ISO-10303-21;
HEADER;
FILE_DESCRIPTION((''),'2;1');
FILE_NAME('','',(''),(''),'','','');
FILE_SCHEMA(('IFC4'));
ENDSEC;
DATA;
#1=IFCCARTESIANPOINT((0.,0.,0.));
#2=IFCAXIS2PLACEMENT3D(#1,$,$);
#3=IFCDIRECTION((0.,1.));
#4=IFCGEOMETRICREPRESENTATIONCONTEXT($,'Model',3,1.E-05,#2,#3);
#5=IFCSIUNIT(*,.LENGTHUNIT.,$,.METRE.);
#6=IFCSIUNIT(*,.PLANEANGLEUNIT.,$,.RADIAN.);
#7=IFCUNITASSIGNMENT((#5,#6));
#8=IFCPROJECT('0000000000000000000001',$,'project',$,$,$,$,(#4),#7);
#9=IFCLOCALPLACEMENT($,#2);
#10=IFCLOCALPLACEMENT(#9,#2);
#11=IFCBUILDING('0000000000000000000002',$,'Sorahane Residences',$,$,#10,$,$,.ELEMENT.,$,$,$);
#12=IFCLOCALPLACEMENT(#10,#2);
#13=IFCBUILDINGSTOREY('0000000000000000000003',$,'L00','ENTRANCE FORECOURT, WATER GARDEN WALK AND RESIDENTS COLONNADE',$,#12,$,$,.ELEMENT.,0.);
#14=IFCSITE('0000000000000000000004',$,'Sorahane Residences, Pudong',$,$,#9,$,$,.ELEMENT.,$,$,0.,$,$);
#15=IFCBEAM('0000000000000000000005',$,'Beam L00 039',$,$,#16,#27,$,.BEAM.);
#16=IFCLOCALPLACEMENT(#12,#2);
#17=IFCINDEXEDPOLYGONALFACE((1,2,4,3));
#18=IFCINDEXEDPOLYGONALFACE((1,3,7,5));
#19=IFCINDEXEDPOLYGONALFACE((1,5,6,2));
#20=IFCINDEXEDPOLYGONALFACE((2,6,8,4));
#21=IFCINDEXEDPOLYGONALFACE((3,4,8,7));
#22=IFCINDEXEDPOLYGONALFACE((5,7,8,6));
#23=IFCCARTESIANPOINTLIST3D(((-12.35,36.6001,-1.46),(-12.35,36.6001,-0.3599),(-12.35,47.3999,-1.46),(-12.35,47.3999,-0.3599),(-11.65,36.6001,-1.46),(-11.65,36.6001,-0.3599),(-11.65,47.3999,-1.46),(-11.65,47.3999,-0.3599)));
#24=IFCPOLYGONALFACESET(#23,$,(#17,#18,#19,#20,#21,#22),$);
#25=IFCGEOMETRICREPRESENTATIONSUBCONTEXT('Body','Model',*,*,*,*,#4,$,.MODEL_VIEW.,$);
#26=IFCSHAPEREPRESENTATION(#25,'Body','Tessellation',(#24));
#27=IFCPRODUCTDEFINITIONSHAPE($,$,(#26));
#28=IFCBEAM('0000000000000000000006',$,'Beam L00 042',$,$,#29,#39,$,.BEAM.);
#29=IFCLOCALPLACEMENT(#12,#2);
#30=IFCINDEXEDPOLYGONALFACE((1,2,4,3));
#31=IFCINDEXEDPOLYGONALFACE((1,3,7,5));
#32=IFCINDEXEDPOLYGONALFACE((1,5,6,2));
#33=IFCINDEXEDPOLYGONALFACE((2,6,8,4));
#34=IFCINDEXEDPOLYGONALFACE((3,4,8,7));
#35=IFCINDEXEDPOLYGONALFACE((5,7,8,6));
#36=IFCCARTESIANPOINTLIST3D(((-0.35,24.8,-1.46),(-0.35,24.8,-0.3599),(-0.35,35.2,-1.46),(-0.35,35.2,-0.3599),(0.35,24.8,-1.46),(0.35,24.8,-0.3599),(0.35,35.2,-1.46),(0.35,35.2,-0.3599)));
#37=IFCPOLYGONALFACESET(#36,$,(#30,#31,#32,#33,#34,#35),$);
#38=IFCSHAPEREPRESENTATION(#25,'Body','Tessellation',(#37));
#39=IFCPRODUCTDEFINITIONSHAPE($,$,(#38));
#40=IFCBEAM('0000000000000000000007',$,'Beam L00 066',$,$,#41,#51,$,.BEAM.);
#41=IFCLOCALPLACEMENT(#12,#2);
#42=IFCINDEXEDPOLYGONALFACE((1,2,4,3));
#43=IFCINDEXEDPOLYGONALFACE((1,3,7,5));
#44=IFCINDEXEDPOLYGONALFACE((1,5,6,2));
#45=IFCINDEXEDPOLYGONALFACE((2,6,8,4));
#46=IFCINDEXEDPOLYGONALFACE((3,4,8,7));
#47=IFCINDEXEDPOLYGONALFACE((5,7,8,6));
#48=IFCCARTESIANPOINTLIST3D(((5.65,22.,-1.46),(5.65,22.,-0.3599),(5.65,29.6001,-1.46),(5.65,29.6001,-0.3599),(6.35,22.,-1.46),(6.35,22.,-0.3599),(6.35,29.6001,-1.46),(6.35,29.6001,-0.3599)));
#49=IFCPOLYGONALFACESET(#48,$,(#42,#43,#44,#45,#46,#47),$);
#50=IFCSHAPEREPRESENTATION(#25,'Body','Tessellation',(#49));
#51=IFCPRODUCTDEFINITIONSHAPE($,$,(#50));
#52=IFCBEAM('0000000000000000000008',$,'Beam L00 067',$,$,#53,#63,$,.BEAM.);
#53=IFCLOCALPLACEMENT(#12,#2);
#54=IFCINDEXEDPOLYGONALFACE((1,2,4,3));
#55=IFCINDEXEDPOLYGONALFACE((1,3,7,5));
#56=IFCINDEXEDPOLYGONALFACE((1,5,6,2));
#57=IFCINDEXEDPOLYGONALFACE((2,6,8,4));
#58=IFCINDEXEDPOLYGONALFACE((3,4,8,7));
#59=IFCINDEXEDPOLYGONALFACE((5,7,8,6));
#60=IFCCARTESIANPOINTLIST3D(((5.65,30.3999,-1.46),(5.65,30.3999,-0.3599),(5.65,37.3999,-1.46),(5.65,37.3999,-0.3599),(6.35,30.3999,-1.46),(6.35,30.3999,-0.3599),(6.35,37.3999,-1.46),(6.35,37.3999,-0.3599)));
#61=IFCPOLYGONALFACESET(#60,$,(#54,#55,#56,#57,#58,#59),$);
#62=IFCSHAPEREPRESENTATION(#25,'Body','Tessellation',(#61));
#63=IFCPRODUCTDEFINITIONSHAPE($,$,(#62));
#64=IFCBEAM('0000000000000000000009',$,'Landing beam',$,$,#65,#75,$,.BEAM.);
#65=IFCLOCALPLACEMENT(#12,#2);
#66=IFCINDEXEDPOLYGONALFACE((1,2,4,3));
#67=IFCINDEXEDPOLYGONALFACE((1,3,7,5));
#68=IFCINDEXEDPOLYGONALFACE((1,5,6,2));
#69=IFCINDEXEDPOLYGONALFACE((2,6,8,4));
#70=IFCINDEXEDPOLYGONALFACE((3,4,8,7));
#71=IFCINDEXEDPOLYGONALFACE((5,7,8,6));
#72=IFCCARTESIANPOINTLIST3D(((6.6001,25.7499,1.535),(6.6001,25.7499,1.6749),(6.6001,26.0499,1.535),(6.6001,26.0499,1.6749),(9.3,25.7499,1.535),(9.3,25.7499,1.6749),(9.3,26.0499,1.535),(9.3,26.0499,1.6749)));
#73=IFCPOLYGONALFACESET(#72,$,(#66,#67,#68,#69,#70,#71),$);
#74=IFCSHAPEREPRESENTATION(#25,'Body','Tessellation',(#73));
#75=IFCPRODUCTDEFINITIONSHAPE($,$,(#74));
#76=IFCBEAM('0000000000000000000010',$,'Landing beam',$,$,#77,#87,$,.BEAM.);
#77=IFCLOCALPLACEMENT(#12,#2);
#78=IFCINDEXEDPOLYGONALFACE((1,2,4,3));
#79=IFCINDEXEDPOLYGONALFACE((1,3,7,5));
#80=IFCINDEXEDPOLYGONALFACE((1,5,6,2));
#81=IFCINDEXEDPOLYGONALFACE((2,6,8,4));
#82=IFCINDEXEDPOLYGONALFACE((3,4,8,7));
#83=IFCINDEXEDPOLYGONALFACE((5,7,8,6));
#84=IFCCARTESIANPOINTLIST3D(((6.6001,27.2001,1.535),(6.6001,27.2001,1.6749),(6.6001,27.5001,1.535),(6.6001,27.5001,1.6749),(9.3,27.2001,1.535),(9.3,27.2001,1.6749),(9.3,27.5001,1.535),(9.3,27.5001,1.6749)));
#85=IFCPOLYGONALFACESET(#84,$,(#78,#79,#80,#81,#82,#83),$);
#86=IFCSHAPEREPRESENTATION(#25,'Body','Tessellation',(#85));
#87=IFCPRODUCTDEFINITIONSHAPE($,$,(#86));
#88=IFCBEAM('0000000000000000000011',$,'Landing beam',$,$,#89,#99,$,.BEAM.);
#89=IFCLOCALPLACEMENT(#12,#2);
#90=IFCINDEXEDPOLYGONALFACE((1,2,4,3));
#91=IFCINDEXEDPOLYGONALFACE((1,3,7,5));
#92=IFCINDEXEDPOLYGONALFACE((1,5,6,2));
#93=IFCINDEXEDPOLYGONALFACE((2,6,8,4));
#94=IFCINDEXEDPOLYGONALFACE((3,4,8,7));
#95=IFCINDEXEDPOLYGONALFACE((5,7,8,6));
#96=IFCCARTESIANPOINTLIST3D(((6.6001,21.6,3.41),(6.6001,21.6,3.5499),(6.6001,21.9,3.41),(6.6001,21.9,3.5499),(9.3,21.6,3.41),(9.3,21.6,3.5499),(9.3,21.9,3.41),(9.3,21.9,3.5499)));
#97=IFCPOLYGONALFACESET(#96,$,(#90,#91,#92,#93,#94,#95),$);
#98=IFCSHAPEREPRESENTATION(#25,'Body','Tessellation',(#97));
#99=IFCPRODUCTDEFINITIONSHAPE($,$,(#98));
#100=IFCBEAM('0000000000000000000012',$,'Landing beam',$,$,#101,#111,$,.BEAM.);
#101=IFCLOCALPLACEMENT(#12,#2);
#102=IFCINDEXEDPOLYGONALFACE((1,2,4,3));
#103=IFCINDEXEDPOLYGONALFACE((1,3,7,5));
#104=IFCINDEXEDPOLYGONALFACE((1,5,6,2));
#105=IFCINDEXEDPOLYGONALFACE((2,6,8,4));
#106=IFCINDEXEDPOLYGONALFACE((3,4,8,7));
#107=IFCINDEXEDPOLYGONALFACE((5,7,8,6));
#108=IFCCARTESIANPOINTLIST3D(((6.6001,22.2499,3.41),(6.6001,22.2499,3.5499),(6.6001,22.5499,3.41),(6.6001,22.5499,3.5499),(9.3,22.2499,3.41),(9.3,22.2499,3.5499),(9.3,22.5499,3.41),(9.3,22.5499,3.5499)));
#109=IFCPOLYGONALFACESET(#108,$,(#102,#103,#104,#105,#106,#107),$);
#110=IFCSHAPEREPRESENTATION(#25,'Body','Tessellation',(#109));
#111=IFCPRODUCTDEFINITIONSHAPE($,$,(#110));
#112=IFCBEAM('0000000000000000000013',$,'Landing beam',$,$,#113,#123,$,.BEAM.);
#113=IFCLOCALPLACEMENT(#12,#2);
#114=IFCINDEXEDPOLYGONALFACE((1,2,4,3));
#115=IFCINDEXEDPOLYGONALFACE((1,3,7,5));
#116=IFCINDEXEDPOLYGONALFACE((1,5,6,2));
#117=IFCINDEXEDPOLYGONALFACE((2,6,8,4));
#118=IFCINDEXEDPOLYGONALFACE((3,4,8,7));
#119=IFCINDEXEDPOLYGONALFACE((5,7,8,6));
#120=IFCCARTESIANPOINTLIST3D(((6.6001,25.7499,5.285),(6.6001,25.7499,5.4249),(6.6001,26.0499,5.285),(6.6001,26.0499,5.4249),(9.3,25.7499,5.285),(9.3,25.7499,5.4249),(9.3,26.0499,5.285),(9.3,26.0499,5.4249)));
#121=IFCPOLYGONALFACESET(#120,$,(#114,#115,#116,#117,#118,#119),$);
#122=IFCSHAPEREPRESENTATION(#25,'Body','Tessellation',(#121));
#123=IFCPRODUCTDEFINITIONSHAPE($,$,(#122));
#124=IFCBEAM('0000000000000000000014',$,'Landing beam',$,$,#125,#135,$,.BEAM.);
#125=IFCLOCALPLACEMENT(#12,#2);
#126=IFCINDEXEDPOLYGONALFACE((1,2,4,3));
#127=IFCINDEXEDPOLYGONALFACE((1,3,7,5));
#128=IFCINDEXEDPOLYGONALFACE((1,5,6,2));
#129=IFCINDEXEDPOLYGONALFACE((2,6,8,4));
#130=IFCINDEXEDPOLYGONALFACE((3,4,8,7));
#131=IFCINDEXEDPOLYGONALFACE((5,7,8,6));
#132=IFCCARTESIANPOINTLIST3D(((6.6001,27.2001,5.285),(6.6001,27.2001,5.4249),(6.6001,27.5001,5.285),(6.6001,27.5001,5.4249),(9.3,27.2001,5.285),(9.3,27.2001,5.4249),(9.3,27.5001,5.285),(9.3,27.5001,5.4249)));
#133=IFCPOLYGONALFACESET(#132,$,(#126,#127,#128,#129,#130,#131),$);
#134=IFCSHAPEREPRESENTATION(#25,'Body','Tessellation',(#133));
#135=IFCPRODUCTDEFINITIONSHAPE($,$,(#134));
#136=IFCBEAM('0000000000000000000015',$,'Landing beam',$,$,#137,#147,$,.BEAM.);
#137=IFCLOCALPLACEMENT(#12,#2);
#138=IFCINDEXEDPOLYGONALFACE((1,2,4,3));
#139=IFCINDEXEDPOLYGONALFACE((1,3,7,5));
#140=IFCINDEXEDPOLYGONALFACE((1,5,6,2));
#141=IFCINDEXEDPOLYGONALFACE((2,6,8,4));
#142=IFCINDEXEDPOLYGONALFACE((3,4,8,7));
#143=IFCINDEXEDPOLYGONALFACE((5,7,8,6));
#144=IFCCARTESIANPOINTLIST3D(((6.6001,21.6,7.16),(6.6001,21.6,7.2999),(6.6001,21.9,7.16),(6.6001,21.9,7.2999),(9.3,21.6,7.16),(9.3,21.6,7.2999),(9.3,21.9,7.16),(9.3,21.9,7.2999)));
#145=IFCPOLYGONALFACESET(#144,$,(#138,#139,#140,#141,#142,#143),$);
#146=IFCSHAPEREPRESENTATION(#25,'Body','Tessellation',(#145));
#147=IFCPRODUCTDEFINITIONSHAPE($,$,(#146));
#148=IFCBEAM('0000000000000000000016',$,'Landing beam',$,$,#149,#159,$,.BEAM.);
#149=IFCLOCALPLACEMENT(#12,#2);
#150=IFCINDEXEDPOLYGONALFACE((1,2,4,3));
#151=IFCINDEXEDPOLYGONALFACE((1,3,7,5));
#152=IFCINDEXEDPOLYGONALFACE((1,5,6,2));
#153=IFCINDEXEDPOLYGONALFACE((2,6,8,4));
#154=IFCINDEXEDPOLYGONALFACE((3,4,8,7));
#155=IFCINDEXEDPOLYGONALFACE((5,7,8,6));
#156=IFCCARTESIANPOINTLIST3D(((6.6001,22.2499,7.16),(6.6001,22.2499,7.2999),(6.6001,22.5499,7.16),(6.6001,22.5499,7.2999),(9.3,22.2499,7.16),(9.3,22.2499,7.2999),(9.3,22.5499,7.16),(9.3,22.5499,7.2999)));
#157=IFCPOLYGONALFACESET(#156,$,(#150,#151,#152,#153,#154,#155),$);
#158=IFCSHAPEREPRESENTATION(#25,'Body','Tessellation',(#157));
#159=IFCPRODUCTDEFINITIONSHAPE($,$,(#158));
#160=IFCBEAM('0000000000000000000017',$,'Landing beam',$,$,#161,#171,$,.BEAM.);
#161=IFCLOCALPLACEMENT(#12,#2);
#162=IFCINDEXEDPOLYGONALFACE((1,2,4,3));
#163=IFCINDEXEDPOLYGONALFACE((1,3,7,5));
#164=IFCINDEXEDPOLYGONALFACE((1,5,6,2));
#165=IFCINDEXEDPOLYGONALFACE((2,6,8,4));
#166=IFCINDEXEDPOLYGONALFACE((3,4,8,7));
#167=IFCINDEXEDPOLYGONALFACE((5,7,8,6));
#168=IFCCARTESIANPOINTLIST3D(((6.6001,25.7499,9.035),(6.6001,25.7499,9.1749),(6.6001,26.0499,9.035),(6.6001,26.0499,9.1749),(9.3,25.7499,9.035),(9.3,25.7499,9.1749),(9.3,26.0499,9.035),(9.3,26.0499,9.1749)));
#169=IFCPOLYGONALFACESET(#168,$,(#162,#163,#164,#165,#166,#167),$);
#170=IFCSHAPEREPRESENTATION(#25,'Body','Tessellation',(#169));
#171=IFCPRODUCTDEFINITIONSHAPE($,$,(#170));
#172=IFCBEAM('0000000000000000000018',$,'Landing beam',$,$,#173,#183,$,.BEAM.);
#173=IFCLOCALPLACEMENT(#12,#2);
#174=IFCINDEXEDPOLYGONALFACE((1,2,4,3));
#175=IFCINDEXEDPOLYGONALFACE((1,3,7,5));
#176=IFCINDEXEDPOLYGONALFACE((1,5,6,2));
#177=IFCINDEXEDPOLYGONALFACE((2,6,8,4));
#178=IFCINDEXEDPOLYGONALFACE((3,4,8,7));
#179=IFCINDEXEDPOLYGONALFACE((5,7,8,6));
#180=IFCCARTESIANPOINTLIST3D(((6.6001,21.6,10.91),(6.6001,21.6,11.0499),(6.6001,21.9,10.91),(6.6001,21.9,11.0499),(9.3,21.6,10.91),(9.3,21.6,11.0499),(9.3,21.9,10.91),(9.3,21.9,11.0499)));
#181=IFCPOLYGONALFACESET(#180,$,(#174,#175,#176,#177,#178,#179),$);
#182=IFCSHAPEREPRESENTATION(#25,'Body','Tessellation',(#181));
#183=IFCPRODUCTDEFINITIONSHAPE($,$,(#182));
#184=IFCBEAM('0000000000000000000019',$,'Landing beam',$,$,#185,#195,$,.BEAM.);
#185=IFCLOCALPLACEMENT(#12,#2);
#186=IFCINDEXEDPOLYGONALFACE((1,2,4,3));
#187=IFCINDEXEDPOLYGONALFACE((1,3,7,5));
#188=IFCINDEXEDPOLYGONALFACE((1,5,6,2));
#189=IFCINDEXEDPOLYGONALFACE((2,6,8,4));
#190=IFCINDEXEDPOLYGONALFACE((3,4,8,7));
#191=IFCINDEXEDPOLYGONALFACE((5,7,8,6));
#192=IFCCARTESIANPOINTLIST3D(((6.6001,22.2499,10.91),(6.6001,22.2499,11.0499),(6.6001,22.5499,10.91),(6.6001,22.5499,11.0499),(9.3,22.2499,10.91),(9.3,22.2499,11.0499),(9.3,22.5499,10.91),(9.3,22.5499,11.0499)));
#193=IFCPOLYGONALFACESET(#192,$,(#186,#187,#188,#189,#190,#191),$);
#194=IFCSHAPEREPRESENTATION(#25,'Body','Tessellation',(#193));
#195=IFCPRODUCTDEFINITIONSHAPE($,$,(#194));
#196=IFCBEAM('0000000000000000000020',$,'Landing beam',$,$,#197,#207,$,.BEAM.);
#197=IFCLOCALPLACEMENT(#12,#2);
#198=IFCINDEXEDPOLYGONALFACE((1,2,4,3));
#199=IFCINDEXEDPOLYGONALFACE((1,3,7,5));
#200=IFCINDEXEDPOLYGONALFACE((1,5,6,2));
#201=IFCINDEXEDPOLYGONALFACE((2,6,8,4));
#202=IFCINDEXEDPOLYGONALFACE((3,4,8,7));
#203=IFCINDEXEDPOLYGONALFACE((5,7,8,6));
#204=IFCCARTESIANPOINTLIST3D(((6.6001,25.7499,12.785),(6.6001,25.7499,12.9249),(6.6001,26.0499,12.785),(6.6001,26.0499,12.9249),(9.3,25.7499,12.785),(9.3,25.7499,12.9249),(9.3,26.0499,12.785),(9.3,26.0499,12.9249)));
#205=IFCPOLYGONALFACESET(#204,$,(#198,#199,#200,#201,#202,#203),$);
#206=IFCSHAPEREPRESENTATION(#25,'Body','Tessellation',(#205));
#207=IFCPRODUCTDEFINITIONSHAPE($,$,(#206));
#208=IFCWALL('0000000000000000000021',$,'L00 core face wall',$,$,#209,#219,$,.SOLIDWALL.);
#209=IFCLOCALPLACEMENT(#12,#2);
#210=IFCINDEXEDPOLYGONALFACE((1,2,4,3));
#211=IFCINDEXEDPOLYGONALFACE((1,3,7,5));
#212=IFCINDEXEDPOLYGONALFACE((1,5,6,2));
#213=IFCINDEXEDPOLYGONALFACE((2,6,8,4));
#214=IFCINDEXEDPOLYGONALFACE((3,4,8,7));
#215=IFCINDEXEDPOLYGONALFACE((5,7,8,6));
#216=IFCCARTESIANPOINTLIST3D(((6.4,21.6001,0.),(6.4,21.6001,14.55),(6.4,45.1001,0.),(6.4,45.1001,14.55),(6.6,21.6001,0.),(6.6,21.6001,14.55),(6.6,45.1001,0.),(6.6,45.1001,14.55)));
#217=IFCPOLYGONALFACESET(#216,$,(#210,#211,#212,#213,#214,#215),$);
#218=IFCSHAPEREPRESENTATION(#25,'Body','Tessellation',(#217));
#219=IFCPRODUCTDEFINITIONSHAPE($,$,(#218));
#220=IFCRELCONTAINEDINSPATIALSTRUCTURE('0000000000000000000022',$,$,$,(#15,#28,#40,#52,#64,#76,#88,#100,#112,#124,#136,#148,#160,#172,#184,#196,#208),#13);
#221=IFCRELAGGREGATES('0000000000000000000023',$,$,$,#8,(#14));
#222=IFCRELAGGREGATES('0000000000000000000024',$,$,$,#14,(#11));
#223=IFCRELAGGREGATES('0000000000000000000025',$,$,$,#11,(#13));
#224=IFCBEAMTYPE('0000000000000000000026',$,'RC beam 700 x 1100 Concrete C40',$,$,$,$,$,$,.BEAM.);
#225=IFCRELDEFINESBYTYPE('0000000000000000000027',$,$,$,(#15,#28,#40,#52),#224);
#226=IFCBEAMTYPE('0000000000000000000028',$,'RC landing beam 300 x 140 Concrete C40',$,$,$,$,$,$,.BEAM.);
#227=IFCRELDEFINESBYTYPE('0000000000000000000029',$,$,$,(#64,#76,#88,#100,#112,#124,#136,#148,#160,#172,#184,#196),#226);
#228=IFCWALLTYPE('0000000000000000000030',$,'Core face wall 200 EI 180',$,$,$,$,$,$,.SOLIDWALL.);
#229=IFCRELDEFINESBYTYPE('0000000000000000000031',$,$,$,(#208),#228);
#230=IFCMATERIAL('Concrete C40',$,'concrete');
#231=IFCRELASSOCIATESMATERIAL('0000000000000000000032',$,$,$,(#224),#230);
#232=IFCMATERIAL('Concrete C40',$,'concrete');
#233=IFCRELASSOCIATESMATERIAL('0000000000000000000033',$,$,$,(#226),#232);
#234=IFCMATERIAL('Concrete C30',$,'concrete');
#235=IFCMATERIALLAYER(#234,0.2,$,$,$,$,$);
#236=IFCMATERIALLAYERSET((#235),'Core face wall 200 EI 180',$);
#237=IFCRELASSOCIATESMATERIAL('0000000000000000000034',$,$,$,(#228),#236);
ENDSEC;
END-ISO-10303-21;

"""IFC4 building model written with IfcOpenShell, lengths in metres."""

from ifc_helpers import new_model, si_unit, direction, frame, frame_2d, origin, origin_2d, place, context, subcontext, project, spatial, rectangle, extrude, material, layer, layer_set, material_profile, profile_set, type_object, element, save


model = new_model("IFC4")

# Units and contexts
model_context = context("Model", 3, precision=1e-05, world=origin(), true_north=direction((0.0, 1.0)))
body_context = subcontext(model_context, "Body", "Model", "MODEL_VIEW")
ifc_project = project(units=[si_unit("LENGTHUNIT", "METRE"), si_unit("PLANEANGLEUNIT", "RADIAN")], contexts=[model_context])

# Site, building, storey
site_placement = place(None, origin())
site = spatial("IfcSite", under=ifc_project, at=site_placement, Name="Sorahane Residences, Pudong", CompositionType="ELEMENT", RefElevation=0.0)
building_placement = place(site_placement, origin())
building = spatial("IfcBuilding", under=site, at=building_placement, Name="Sorahane Residences", CompositionType="ELEMENT")
storey_placement = place(building_placement, origin())
storey = spatial("IfcBuildingStorey", under=building, at=storey_placement, Name="L00", Description="ENTRANCE FORECOURT, WATER GARDEN WALK AND RESIDENTS COLONNADE", CompositionType="ELEMENT", Elevation=0.0)

# Beams
ifc_material_1 = material(Name="Concrete C40", Category="concrete")
ifc_material_profile_1 = material_profile(ifc_material_1, rectangle(XDim=0.7, YDim=1.1001, at=origin_2d()), Name="700x1100")
ifc_profile_set_1 = profile_set([ifc_material_profile_1], Name="Concrete C40")
beam_type_1 = type_object("IfcBeamType", Name="RC beam 700 x 1100 Concrete C40", PredefinedType="BEAM", material=ifc_profile_set_1)
for number, where, z_axis, x_axis, name in (
    (1, (-12.0, 36.6001, -0.9099), (0.0, 1.0, 0.0), (-1.0, 0.0, 0.0), "Beam L00 039"),
):
    element("IfcBeam", number, at=place(storey_placement, frame(where, z_axis=z_axis, x_axis=x_axis)), inside=storey, type_object=beam_type_1, Name=name, PredefinedType="BEAM", context=body_context, shape_type="SweptSolid", body=[
        extrude(rectangle(XDim=0.7, YDim=1.1001, at=origin_2d()), origin(), (0.0, 0.0, 1.0), 10.7998),
    ])
beam_1_placement = place(storey_placement, frame((0.0, 24.8, -0.9099), z_axis=(0.0, 1.0, 0.0), x_axis=(-1.0, 0.0, 0.0)))
element("IfcBeam", 2, at=beam_1_placement, inside=storey, type_object=beam_type_1, Name="Beam L00 042", PredefinedType="BEAM", context=body_context, shape_type="SweptSolid", body=[
    extrude(rectangle(XDim=0.7, YDim=1.1001, at=origin_2d()), origin(), (0.0, 0.0, 1.0), 10.3999),
])
beam_2_placement = place(storey_placement, frame((6.0, 22.0, -0.9099), z_axis=(0.0, 1.0, 0.0), x_axis=(-1.0, 0.0, 0.0)))
element("IfcBeam", 3, at=beam_2_placement, inside=storey, type_object=beam_type_1, Name="Beam L00 066", PredefinedType="BEAM", context=body_context, shape_type="SweptSolid", body=[
    extrude(rectangle(XDim=0.7, YDim=1.1001, at=origin_2d()), origin(), (0.0, 0.0, 1.0), 7.6001),
])
beam_3_placement = place(storey_placement, frame((6.0, 30.3999, -0.9099), z_axis=(0.0, 1.0, 0.0), x_axis=(-1.0, 0.0, 0.0)))
element("IfcBeam", 4, at=beam_3_placement, inside=storey, type_object=beam_type_1, Name="Beam L00 067", PredefinedType="BEAM", context=body_context, shape_type="SweptSolid", body=[
    extrude(rectangle(XDim=0.7, YDim=1.1001, at=origin_2d()), origin(), (0.0, 0.0, 1.0), 7.0),
])
ifc_material_2 = material(Name="Concrete C40", Category="concrete")
ifc_material_profile_2 = material_profile(ifc_material_2, rectangle(XDim=0.3, YDim=0.1399, at=origin_2d()), Name="300x140")
ifc_profile_set_2 = profile_set([ifc_material_profile_2], Name="Concrete C40")
beam_type_2 = type_object("IfcBeamType", Name="RC landing beam 300 x 140 Concrete C40", PredefinedType="BEAM", material=ifc_profile_set_2)
for number, where, z_axis, x_axis, name in (
    (5, (6.6001, 25.8999, 1.605), (1.0, 0.0, 0.0), (0.0, 1.0, 0.0), "Landing beam"),
    (6, (6.6001, 27.3501, 1.605), (1.0, 0.0, 0.0), (0.0, 1.0, 0.0), "Landing beam"),
    (7, (6.6001, 21.75, 3.48), (1.0, 0.0, 0.0), (0.0, 1.0, 0.0), "Landing beam"),
    (8, (6.6001, 22.3999, 3.48), (1.0, 0.0, 0.0), (0.0, 1.0, 0.0), "Landing beam"),
    (9, (6.6001, 25.8999, 5.355), (1.0, 0.0, 0.0), (0.0, 1.0, 0.0), "Landing beam"),
    (10, (6.6001, 27.3501, 5.355), (1.0, 0.0, 0.0), (0.0, 1.0, 0.0), "Landing beam"),
    (11, (6.6001, 21.75, 7.23), (1.0, 0.0, 0.0), (0.0, 1.0, 0.0), "Landing beam"),
    (12, (6.6001, 22.3999, 7.23), (1.0, 0.0, 0.0), (0.0, 1.0, 0.0), "Landing beam"),
    (13, (6.6001, 25.8999, 9.105), (1.0, 0.0, 0.0), (0.0, 1.0, 0.0), "Landing beam"),
    (14, (6.6001, 21.75, 10.98), (1.0, 0.0, 0.0), (0.0, 1.0, 0.0), "Landing beam"),
    (15, (6.6001, 22.3999, 10.98), (1.0, 0.0, 0.0), (0.0, 1.0, 0.0), "Landing beam"),
    (16, (6.6001, 25.8999, 12.855), (1.0, 0.0, 0.0), (0.0, 1.0, 0.0), "Landing beam"),
):
    element("IfcBeam", number, at=place(storey_placement, frame(where, z_axis=z_axis, x_axis=x_axis)), inside=storey, type_object=beam_type_2, Name=name, PredefinedType="BEAM", context=body_context, shape_type="SweptSolid", body=[
        extrude(rectangle(XDim=0.3, YDim=0.1399, at=origin_2d()), origin(), (0.0, 0.0, 1.0), 2.7),
    ])

# Wall
ifc_material_3 = material(Name="Concrete C30", Category="concrete")
ifc_layer_1 = layer(ifc_material_3, 0.2)
ifc_layer_set_1 = layer_set([ifc_layer_1], Name="Core face wall 200 EI 180")
wall_type = type_object("IfcWallType", Name="Core face wall 200 EI 180", PredefinedType="SOLIDWALL", material=ifc_layer_set_1)
wall_placement = place(storey_placement, frame((6.5, 21.6001, 0.0), z_axis=(0.0, 0.0, 1.0), x_axis=(0.0, 1.0, 0.0)))
element("IfcWall", 17, at=wall_placement, inside=storey, type_object=wall_type, Name="L00 core face wall", PredefinedType="SOLIDWALL", context=body_context, shape_type="SweptSolid", body=[
    extrude(rectangle(XDim=23.5, YDim=0.2, at=frame_2d((11.75, 0.0))), origin(), (0.0, 0.0, 1.0), 14.55),
])

save(model, "model.ifc")
